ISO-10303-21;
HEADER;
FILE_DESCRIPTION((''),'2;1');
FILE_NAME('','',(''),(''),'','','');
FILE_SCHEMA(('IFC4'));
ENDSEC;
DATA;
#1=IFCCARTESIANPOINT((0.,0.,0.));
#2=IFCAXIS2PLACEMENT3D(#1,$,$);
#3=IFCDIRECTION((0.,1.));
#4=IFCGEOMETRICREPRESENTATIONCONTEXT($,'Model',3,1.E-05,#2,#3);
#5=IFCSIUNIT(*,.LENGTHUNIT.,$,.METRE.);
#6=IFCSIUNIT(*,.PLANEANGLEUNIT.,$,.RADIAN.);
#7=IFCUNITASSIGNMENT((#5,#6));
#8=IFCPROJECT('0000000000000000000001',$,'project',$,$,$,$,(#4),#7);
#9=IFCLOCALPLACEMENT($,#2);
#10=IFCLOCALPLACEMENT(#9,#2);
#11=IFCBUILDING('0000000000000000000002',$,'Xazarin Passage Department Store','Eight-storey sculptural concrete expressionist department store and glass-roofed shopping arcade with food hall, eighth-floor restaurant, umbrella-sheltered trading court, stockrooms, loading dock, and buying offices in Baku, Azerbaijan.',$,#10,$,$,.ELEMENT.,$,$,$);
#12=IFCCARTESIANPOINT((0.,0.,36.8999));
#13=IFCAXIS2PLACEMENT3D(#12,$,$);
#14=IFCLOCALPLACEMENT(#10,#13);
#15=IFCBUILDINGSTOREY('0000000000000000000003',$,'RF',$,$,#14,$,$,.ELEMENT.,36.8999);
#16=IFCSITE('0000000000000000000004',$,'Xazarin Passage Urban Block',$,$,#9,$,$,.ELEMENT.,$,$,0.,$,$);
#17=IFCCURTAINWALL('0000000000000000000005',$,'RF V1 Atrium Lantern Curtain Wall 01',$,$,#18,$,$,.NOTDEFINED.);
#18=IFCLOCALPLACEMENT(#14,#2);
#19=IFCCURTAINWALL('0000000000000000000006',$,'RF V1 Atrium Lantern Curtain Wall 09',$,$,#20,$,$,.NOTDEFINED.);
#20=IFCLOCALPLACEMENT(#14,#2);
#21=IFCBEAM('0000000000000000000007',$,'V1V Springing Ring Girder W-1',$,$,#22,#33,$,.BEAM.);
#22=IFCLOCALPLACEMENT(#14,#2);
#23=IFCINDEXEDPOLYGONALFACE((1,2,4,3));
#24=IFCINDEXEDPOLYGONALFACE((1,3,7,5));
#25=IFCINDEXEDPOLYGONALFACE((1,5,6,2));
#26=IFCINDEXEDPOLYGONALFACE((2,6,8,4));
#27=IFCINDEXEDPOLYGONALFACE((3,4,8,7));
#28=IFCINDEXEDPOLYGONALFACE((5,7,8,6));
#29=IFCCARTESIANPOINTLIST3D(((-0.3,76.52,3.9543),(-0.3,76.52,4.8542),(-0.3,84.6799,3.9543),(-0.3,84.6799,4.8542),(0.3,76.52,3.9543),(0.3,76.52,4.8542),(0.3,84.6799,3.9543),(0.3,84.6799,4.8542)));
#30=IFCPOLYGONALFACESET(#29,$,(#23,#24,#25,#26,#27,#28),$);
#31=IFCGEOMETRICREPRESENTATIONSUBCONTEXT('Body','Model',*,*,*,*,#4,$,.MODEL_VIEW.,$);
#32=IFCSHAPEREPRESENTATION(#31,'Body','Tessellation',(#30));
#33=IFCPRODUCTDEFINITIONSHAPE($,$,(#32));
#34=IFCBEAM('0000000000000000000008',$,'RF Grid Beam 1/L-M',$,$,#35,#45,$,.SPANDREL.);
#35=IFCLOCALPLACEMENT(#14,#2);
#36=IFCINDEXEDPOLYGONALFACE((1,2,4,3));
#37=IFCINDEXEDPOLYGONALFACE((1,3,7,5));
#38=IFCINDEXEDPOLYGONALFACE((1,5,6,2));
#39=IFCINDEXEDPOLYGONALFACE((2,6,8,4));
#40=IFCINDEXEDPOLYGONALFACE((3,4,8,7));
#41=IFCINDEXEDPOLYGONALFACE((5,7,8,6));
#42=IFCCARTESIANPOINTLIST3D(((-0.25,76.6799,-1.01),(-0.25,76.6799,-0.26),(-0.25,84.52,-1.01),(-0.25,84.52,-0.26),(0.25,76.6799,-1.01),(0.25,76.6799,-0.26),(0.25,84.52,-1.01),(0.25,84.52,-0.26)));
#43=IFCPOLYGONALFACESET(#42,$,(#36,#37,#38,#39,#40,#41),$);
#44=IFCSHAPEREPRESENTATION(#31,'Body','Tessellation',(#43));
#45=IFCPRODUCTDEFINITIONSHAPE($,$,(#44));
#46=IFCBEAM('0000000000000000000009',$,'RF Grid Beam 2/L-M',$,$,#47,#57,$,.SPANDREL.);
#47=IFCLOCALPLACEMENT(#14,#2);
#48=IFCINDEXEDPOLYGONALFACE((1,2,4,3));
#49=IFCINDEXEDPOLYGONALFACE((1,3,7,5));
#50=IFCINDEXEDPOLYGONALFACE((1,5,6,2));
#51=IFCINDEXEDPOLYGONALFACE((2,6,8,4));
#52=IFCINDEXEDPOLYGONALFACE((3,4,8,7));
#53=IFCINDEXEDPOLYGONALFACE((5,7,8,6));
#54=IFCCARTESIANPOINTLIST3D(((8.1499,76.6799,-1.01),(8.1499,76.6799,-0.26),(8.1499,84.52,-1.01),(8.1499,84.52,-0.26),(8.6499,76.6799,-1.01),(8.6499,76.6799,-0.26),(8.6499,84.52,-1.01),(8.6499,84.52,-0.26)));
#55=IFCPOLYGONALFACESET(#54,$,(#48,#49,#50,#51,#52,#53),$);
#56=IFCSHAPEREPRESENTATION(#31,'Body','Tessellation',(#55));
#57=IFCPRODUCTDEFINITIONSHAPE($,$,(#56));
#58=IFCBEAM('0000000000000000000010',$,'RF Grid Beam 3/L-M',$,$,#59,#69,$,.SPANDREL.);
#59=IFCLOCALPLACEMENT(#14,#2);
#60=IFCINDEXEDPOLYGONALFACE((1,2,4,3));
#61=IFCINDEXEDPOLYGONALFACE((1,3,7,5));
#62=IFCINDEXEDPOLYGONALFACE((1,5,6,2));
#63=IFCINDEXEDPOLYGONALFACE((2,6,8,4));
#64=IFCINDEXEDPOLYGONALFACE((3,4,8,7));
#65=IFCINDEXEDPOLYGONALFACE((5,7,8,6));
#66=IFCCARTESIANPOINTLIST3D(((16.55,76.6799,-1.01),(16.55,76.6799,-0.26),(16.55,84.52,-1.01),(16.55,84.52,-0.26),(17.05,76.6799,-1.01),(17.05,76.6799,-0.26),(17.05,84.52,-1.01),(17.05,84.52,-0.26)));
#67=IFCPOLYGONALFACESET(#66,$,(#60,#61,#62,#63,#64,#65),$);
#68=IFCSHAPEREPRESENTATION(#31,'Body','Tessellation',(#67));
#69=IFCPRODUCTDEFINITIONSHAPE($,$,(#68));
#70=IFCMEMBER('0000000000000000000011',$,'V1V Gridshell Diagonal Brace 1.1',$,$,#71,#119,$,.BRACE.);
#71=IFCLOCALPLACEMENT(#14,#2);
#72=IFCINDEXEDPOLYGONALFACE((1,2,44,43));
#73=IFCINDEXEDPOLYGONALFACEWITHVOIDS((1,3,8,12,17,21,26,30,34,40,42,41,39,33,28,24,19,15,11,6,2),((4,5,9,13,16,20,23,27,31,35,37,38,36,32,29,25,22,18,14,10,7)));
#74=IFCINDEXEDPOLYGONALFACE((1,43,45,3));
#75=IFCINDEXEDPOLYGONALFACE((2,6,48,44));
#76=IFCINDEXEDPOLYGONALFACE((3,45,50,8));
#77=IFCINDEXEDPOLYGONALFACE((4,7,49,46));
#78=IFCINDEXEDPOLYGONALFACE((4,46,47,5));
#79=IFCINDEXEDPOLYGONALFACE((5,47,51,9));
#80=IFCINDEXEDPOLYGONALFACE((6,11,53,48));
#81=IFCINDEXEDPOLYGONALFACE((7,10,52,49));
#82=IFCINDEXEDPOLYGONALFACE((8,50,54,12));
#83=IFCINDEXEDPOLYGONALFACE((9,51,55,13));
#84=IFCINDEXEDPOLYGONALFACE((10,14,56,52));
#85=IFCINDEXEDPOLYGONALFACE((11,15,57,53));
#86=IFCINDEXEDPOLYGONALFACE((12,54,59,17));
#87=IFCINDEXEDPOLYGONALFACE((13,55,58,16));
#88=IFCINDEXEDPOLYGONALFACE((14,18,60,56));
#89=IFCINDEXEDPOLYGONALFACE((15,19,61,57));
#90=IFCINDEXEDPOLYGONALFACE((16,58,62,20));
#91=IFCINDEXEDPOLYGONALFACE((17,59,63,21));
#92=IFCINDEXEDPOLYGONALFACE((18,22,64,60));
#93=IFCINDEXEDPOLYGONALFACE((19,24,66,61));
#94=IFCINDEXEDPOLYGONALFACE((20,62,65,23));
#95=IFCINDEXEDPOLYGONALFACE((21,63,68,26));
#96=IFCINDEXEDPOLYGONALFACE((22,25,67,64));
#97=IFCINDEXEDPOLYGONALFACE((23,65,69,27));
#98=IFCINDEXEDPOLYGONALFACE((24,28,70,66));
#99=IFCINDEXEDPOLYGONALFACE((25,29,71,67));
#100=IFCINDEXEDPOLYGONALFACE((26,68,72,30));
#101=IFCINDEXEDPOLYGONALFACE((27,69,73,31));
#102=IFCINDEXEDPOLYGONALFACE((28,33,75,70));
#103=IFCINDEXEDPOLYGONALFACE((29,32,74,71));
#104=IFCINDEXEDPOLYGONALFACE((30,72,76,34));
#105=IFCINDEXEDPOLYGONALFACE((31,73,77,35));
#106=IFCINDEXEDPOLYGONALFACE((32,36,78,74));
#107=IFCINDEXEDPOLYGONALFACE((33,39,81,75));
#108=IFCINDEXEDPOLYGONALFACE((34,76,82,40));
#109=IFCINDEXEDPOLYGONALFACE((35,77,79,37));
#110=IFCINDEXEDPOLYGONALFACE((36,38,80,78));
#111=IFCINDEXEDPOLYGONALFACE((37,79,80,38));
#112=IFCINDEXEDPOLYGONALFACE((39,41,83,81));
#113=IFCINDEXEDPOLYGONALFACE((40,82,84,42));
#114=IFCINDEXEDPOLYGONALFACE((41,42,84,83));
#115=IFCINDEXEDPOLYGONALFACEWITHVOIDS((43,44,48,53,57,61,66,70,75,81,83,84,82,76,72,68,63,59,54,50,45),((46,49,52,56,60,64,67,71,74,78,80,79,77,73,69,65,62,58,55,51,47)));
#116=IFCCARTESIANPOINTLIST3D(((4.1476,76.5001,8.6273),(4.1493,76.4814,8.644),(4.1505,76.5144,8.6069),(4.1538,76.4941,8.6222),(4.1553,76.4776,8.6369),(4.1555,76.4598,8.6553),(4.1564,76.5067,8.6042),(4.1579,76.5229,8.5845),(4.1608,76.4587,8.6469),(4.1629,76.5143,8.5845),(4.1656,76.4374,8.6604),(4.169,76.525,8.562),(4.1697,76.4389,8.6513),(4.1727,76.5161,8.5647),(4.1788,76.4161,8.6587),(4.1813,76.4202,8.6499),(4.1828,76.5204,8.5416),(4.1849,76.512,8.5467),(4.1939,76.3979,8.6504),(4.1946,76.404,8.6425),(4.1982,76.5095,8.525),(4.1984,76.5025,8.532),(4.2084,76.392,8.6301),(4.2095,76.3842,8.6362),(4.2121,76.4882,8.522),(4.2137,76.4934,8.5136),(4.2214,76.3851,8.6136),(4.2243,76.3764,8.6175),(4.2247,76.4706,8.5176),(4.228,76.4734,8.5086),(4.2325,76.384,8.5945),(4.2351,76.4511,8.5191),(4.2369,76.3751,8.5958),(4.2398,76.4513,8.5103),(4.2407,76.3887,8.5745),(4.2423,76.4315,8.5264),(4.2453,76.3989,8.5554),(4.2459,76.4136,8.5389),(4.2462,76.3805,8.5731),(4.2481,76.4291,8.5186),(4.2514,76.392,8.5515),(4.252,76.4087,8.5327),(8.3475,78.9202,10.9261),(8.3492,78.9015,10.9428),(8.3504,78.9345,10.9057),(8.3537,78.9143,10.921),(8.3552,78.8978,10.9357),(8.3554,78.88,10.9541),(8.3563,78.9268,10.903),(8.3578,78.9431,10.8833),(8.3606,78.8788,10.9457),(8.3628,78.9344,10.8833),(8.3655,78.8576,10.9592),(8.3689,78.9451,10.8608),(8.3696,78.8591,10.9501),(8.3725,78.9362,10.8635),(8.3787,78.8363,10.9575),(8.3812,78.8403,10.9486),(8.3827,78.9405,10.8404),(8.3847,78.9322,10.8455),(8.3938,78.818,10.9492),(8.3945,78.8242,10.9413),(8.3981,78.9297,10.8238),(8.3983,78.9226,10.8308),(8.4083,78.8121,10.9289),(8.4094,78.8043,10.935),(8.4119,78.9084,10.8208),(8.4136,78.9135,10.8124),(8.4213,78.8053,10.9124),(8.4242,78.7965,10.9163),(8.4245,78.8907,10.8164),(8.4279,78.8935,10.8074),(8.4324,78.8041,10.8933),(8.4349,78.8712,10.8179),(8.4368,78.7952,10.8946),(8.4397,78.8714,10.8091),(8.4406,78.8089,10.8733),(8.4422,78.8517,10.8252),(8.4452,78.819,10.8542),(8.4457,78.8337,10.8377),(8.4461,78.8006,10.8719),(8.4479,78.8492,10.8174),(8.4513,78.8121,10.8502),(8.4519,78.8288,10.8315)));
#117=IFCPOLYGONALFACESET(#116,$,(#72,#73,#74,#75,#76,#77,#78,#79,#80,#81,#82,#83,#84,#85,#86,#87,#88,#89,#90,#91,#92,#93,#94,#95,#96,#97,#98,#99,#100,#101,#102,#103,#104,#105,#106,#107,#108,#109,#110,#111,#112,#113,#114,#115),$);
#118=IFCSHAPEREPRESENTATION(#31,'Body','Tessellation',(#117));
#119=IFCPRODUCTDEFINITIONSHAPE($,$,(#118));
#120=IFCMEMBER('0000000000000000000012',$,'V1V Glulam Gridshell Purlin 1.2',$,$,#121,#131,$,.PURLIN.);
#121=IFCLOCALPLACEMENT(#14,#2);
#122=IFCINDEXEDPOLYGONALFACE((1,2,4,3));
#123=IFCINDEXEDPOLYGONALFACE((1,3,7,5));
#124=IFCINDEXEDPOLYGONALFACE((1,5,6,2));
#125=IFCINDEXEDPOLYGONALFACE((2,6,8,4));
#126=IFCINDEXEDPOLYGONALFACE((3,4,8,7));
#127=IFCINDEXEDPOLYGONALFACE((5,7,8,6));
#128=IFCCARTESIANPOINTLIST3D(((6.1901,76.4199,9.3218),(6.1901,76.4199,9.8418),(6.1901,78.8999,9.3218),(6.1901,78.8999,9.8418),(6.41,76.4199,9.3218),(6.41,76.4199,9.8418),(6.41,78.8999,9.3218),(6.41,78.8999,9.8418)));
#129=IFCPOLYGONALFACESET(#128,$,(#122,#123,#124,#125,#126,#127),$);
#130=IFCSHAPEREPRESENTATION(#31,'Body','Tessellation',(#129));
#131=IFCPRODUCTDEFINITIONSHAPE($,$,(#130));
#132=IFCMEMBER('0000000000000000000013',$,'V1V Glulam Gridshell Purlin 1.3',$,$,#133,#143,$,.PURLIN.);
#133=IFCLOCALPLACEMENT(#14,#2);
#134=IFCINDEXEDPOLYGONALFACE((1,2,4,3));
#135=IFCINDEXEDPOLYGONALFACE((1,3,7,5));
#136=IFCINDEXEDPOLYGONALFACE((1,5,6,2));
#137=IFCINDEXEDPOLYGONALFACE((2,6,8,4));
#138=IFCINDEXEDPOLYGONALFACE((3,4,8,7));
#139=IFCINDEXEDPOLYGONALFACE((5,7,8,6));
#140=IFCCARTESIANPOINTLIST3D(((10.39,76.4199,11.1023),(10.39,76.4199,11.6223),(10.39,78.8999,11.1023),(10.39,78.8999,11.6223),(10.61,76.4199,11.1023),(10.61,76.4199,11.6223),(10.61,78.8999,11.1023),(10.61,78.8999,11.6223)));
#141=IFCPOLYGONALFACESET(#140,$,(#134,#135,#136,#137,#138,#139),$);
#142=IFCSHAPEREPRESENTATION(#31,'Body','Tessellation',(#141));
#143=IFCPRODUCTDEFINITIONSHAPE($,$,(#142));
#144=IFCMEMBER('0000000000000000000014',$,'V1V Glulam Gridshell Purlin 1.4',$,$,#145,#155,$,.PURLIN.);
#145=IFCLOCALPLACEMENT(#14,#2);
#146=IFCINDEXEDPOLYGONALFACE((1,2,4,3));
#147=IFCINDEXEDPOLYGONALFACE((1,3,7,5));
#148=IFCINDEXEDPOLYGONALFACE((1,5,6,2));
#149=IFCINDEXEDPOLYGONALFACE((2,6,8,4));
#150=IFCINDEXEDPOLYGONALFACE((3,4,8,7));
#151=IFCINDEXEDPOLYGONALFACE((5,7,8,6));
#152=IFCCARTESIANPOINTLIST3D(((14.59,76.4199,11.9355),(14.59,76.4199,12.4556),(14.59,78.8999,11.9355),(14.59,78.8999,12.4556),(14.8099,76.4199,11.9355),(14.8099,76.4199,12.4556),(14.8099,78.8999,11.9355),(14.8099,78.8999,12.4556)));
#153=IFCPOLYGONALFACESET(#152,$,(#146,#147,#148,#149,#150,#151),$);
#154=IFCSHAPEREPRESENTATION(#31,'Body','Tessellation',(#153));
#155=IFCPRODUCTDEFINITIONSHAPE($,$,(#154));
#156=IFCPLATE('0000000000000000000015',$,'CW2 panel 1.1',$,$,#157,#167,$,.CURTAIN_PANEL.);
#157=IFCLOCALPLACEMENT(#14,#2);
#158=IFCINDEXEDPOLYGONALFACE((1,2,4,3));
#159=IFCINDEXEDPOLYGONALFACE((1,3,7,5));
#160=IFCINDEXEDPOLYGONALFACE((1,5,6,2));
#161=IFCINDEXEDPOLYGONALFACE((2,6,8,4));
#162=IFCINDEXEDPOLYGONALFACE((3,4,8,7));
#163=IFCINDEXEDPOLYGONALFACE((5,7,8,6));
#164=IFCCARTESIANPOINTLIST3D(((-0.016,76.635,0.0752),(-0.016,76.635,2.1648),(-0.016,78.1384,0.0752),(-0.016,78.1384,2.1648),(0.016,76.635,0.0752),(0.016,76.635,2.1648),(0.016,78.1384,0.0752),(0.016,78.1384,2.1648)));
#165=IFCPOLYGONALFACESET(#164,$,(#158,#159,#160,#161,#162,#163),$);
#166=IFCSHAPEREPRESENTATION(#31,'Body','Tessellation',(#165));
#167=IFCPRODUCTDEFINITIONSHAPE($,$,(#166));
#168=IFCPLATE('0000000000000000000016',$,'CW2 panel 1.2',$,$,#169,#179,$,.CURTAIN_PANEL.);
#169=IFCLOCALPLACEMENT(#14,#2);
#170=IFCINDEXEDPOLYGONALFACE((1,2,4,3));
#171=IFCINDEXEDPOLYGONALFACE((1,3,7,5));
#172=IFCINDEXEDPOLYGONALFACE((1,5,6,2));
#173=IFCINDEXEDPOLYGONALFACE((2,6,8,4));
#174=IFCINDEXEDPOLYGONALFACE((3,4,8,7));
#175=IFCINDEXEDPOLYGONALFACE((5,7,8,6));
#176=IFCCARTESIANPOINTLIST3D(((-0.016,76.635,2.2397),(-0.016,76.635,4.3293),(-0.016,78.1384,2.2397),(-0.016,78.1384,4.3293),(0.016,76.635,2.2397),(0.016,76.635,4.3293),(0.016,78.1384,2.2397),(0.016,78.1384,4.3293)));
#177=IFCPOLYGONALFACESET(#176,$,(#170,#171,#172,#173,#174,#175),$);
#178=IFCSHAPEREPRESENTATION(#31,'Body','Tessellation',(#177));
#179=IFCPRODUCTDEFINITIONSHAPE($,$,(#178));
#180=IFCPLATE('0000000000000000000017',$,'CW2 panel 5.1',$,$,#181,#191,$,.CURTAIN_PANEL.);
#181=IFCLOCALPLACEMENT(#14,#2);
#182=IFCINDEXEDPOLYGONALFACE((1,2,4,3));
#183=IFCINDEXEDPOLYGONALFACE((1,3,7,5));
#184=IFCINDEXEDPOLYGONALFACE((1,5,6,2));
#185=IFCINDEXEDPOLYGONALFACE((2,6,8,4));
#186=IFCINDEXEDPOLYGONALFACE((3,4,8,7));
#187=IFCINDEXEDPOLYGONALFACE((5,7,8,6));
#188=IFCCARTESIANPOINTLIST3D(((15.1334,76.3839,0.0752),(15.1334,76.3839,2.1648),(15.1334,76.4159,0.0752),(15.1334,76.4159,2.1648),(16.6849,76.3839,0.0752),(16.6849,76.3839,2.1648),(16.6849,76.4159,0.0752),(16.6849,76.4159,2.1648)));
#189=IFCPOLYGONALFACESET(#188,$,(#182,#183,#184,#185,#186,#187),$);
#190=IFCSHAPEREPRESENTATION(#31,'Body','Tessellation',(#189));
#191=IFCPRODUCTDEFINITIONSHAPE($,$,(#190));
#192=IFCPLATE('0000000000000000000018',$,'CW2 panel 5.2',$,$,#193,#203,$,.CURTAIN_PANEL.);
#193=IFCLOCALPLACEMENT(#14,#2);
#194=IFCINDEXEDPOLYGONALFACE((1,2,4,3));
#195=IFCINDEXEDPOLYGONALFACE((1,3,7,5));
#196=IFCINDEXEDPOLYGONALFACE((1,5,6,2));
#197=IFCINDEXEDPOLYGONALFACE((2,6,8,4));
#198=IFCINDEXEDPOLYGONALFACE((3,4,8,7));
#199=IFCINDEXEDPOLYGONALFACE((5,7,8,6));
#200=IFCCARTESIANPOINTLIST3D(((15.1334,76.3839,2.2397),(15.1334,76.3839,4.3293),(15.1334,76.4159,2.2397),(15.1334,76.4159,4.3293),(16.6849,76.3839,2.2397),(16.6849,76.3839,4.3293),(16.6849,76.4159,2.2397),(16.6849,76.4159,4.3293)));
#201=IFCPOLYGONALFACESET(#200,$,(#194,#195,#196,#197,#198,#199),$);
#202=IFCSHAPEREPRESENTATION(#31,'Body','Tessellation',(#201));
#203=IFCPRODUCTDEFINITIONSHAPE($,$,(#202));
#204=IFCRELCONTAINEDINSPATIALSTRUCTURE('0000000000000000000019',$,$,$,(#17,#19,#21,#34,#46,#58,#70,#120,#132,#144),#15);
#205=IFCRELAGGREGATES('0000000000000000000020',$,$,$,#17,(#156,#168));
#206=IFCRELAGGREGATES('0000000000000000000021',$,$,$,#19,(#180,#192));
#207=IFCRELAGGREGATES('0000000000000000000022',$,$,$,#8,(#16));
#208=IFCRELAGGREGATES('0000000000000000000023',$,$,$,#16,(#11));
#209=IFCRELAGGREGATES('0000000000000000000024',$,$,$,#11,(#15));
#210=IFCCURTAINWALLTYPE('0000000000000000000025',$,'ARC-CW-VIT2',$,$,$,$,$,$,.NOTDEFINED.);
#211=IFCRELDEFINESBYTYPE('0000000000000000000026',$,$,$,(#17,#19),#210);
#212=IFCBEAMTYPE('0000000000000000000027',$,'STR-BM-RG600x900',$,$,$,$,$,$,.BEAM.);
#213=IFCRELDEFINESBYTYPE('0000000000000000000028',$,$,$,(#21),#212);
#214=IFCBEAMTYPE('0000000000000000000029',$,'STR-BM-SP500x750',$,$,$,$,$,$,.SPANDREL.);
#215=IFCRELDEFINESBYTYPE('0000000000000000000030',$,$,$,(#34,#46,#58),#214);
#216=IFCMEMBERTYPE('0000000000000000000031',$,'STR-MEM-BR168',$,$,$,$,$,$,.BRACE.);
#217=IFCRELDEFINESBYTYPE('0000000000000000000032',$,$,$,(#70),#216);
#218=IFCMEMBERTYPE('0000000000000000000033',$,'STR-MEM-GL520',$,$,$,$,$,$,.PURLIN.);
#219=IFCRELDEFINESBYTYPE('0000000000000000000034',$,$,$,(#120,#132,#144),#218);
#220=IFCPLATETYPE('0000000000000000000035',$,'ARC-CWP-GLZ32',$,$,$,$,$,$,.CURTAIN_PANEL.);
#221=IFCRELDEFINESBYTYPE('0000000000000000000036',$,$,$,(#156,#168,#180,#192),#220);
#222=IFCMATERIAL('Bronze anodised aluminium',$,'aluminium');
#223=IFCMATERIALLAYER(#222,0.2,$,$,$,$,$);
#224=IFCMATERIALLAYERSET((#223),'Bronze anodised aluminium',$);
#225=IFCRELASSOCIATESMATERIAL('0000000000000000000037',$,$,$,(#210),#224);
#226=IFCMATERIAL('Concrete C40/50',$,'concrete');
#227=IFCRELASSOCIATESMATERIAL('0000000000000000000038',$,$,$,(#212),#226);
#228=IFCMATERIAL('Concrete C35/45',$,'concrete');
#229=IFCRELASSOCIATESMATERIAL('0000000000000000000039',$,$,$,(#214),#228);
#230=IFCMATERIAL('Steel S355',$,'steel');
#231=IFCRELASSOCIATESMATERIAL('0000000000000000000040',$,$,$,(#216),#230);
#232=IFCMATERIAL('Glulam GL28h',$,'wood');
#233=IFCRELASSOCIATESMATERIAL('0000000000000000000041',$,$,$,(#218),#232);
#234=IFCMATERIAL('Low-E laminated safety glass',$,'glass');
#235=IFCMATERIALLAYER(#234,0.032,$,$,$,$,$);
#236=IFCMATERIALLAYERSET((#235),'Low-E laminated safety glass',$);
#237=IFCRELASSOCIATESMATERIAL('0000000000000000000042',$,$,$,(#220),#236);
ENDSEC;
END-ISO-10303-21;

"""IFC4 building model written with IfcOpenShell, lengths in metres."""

from ifc_helpers import new_model, si_unit, direction, frame, origin, origin_2d, place, context, subcontext, project, spatial, rectangle, hollow_circle, extrude, material, layer, layer_set, material_profile, profile_set, type_object, element, aggregate, save


model = new_model("IFC4")

# Units and contexts
model_context = context("Model", 3, precision=1e-05, world=origin(), true_north=direction((0.0, 1.0)))
body_context = subcontext(model_context, "Body", "Model", "MODEL_VIEW")
ifc_project = project(units=[si_unit("LENGTHUNIT", "METRE"), si_unit("PLANEANGLEUNIT", "RADIAN")], contexts=[model_context])

# Site, building, storey
site_placement = place(None, origin())
site = spatial("IfcSite", under=ifc_project, at=site_placement, Name="Xazarin Passage Urban Block", CompositionType="ELEMENT", RefElevation=0.0)
building_placement = place(site_placement, origin())
building = spatial("IfcBuilding", under=site, at=building_placement, Name="Xazarin Passage Department Store", Description="Eight-storey sculptural concrete expressionist department store and glass-roofed shopping arcade with food hall, eighth-floor restaurant, umbrella-sheltered trading court, stockrooms, loading dock, and buying offices in Baku, Azerbaijan.", CompositionType="ELEMENT")
storey_placement = place(building_placement, frame((0.0, 0.0, 36.8999)))
storey = spatial("IfcBuildingStorey", under=building, at=storey_placement, Name="RF", CompositionType="ELEMENT", Elevation=36.8999)

# Curtain wall
ifc_material_1 = material(Name="Bronze anodised aluminium", Category="aluminium")
ifc_layer_1 = layer(ifc_material_1, 0.2)
ifc_layer_set_1 = layer_set([ifc_layer_1], Name="Bronze anodised aluminium")
curtain_wall_type = type_object("IfcCurtainWallType", Name="ARC-CW-VIT2", PredefinedType="NOTDEFINED", material=ifc_layer_set_1)
curtain_wall_1_placement = place(storey_placement, origin())
curtain_wall_1 = element("IfcCurtainWall", 1, at=curtain_wall_1_placement, inside=storey, type_object=curtain_wall_type, Name="RF V1 Atrium Lantern Curtain Wall 01", PredefinedType="NOTDEFINED")

# Curtain wall
curtain_wall_2_placement = place(storey_placement, origin())
curtain_wall_2 = element("IfcCurtainWall", 2, at=curtain_wall_2_placement, inside=storey, type_object=curtain_wall_type, Name="RF V1 Atrium Lantern Curtain Wall 09", PredefinedType="NOTDEFINED")

# Beams
ifc_material_2 = material(Name="Concrete C40/50", Category="concrete")
ifc_material_profile_1 = material_profile(ifc_material_2, rectangle(XDim=0.6001, YDim=0.8999, at=origin_2d()), Name="RC 600x900")
ifc_profile_set_1 = profile_set([ifc_material_profile_1], Name="Concrete C40/50")
beam_type_1 = type_object("IfcBeamType", Name="STR-BM-RG600x900", PredefinedType="BEAM", material=ifc_profile_set_1)
beam_placement = place(storey_placement, frame((0.0, 76.52, 4.4043), z_axis=(0.0, 1.0, 0.0), x_axis=(-1.0, 0.0, 0.0)))
element("IfcBeam", 3, at=beam_placement, inside=storey, type_object=beam_type_1, Name="V1V Springing Ring Girder W-1", PredefinedType="BEAM", context=body_context, shape_type="SweptSolid", body=[
    extrude(rectangle(XDim=0.6001, YDim=0.8999, at=origin_2d()), origin(), (0.0, 0.0, 1.0), 8.1599),
])
ifc_material_3 = material(Name="Concrete C35/45", Category="concrete")
ifc_material_profile_2 = material_profile(ifc_material_3, rectangle(XDim=0.5, YDim=0.75, at=origin_2d()), Name="RC 500x750")
ifc_profile_set_2 = profile_set([ifc_material_profile_2], Name="Concrete C35/45")
beam_type_2 = type_object("IfcBeamType", Name="STR-BM-SP500x750", PredefinedType="SPANDREL", material=ifc_profile_set_2)
for number, where, z_axis, x_axis, name in (
    (4, (0.0, 76.6799, -0.635), (0.0, 1.0, 0.0), (-1.0, 0.0, 0.0), "RF Grid Beam 1/L-M"),
    (5, (8.3999, 76.6799, -0.635), (0.0, 1.0, 0.0), (-1.0, 0.0, 0.0), "RF Grid Beam 2/L-M"),
    (6, (16.8, 76.6799, -0.635), (0.0, 1.0, 0.0), (-1.0, 0.0, 0.0), "RF Grid Beam 3/L-M"),
):
    element("IfcBeam", number, at=place(storey_placement, frame(where, z_axis=z_axis, x_axis=x_axis)), inside=storey, type_object=beam_type_2, Name=name, PredefinedType="SPANDREL", context=body_context, shape_type="SweptSolid", body=[
        extrude(rectangle(XDim=0.5, YDim=0.75, at=origin_2d()), origin(), (0.0, 0.0, 1.0), 7.8401),
    ])

# Members
ifc_material_4 = material(Name="Steel S355", Category="steel")
ifc_material_profile_3 = material_profile(ifc_material_4, hollow_circle(Radius=0.0842, WallThickness=0.01, at=origin_2d()), Name="CHS 168.3x10")
ifc_profile_set_3 = profile_set([ifc_material_profile_3], Name="Steel S355")
member_type_1 = type_object("IfcMemberType", Name="STR-MEM-BR168", PredefinedType="BRACE", material=ifc_profile_set_3)
member_1_placement = place(storey_placement, frame((4.2, 76.45, 8.5845), z_axis=(0.782867, 0.451117, 0.4285), x_axis=(-0.499276, 0.866443, 0.0)))
element("IfcMember", 7, at=member_1_placement, inside=storey, type_object=member_type_1, Name="V1V Gridshell Diagonal Brace 1.1", PredefinedType="BRACE", context=body_context, shape_type="SweptSolid", body=[
    extrude(hollow_circle(Radius=0.0842, WallThickness=0.01, at=origin_2d()), origin(), (0.0, 0.0, 1.0), 5.3647),
])
ifc_material_5 = material(Name="Glulam GL28h", Category="wood")
ifc_material_profile_4 = material_profile(ifc_material_5, rectangle(XDim=0.22, YDim=0.52, at=origin_2d()), Name="GL28h 220x520")
ifc_profile_set_4 = profile_set([ifc_material_profile_4], Name="Glulam GL28h")
member_type_2 = type_object("IfcMemberType", Name="STR-MEM-GL520", PredefinedType="PURLIN", material=ifc_profile_set_4)
for number, where, z_axis, x_axis, name in (
    (8, (6.3, 76.4199, 9.5818), (0.0, 1.0, 0.0), (-1.0, 0.0, 0.0), "V1V Glulam Gridshell Purlin 1.2"),
    (9, (10.5, 76.4199, 11.3623), (0.0, 1.0, 0.0), (-1.0, 0.0, 0.0), "V1V Glulam Gridshell Purlin 1.3"),
    (10, (14.7, 76.4199, 12.1956), (0.0, 1.0, 0.0), (-1.0, 0.0, 0.0), "V1V Glulam Gridshell Purlin 1.4"),
):
    element("IfcMember", number, at=place(storey_placement, frame(where, z_axis=z_axis, x_axis=x_axis)), inside=storey, type_object=member_type_2, Name=name, PredefinedType="PURLIN", context=body_context, shape_type="SweptSolid", body=[
        extrude(rectangle(XDim=0.22, YDim=0.52, at=origin_2d()), origin(), (0.0, 0.0, 1.0), 2.48),
    ])

# Plates
ifc_material_6 = material(Name="Low-E laminated safety glass", Category="glass")
ifc_layer_2 = layer(ifc_material_6, 0.032)
ifc_layer_set_2 = layer_set([ifc_layer_2], Name="Low-E laminated safety glass")
plate_type_1 = type_object("IfcPlateType", Name="ARC-CWP-GLZ32", PredefinedType="CURTAIN_PANEL", material=ifc_layer_set_2)
plate_1_placement = place(storey_placement, frame((0.0, 77.3867, 0.0752), z_axis=(0.0, 0.0, 1.0), x_axis=(0.0, 1.0, 0.0)))
plate_1 = element("IfcPlate", 11, at=plate_1_placement, type_object=plate_type_1, Name="CW2 panel 1.1", PredefinedType="CURTAIN_PANEL", context=body_context, shape_type="SweptSolid", body=[
    extrude(rectangle(XDim=1.5034, YDim=0.032, at=origin_2d()), origin(), (0.0, 0.0, 1.0), 2.0896),
])
plate_2_placement = place(storey_placement, frame((0.0, 77.3867, 2.2397), z_axis=(0.0, 0.0, 1.0), x_axis=(0.0, 1.0, 0.0)))
plate_2 = element("IfcPlate", 12, at=plate_2_placement, type_object=plate_type_1, Name="CW2 panel 1.2", PredefinedType="CURTAIN_PANEL", context=body_context, shape_type="SweptSolid", body=[
    extrude(rectangle(XDim=1.5034, YDim=0.032, at=origin_2d()), origin(), (0.0, 0.0, 1.0), 2.0896),
])
aggregate(curtain_wall_1, [plate_1, plate_2])
plate_3_placement = place(storey_placement, frame((15.9092, 76.3999, 0.0752), z_axis=(0.0, 0.0, 1.0), x_axis=(1.0, 0.0, 0.0)))
plate_3 = element("IfcPlate", 13, at=plate_3_placement, type_object=plate_type_1, Name="CW2 panel 5.1", PredefinedType="CURTAIN_PANEL", context=body_context, shape_type="SweptSolid", body=[
    extrude(rectangle(XDim=1.5515, YDim=0.032, at=origin_2d()), origin(), (0.0, 0.0, 1.0), 2.0896),
])
plate_4_placement = place(storey_placement, frame((15.9092, 76.3999, 2.2397), z_axis=(0.0, 0.0, 1.0), x_axis=(1.0, 0.0, 0.0)))
plate_4 = element("IfcPlate", 14, at=plate_4_placement, type_object=plate_type_1, Name="CW2 panel 5.2", PredefinedType="CURTAIN_PANEL", context=body_context, shape_type="SweptSolid", body=[
    extrude(rectangle(XDim=1.5515, YDim=0.032, at=origin_2d()), origin(), (0.0, 0.0, 1.0), 2.0896),
])
aggregate(curtain_wall_2, [plate_3, plate_4])

save(model, "model.ifc")
